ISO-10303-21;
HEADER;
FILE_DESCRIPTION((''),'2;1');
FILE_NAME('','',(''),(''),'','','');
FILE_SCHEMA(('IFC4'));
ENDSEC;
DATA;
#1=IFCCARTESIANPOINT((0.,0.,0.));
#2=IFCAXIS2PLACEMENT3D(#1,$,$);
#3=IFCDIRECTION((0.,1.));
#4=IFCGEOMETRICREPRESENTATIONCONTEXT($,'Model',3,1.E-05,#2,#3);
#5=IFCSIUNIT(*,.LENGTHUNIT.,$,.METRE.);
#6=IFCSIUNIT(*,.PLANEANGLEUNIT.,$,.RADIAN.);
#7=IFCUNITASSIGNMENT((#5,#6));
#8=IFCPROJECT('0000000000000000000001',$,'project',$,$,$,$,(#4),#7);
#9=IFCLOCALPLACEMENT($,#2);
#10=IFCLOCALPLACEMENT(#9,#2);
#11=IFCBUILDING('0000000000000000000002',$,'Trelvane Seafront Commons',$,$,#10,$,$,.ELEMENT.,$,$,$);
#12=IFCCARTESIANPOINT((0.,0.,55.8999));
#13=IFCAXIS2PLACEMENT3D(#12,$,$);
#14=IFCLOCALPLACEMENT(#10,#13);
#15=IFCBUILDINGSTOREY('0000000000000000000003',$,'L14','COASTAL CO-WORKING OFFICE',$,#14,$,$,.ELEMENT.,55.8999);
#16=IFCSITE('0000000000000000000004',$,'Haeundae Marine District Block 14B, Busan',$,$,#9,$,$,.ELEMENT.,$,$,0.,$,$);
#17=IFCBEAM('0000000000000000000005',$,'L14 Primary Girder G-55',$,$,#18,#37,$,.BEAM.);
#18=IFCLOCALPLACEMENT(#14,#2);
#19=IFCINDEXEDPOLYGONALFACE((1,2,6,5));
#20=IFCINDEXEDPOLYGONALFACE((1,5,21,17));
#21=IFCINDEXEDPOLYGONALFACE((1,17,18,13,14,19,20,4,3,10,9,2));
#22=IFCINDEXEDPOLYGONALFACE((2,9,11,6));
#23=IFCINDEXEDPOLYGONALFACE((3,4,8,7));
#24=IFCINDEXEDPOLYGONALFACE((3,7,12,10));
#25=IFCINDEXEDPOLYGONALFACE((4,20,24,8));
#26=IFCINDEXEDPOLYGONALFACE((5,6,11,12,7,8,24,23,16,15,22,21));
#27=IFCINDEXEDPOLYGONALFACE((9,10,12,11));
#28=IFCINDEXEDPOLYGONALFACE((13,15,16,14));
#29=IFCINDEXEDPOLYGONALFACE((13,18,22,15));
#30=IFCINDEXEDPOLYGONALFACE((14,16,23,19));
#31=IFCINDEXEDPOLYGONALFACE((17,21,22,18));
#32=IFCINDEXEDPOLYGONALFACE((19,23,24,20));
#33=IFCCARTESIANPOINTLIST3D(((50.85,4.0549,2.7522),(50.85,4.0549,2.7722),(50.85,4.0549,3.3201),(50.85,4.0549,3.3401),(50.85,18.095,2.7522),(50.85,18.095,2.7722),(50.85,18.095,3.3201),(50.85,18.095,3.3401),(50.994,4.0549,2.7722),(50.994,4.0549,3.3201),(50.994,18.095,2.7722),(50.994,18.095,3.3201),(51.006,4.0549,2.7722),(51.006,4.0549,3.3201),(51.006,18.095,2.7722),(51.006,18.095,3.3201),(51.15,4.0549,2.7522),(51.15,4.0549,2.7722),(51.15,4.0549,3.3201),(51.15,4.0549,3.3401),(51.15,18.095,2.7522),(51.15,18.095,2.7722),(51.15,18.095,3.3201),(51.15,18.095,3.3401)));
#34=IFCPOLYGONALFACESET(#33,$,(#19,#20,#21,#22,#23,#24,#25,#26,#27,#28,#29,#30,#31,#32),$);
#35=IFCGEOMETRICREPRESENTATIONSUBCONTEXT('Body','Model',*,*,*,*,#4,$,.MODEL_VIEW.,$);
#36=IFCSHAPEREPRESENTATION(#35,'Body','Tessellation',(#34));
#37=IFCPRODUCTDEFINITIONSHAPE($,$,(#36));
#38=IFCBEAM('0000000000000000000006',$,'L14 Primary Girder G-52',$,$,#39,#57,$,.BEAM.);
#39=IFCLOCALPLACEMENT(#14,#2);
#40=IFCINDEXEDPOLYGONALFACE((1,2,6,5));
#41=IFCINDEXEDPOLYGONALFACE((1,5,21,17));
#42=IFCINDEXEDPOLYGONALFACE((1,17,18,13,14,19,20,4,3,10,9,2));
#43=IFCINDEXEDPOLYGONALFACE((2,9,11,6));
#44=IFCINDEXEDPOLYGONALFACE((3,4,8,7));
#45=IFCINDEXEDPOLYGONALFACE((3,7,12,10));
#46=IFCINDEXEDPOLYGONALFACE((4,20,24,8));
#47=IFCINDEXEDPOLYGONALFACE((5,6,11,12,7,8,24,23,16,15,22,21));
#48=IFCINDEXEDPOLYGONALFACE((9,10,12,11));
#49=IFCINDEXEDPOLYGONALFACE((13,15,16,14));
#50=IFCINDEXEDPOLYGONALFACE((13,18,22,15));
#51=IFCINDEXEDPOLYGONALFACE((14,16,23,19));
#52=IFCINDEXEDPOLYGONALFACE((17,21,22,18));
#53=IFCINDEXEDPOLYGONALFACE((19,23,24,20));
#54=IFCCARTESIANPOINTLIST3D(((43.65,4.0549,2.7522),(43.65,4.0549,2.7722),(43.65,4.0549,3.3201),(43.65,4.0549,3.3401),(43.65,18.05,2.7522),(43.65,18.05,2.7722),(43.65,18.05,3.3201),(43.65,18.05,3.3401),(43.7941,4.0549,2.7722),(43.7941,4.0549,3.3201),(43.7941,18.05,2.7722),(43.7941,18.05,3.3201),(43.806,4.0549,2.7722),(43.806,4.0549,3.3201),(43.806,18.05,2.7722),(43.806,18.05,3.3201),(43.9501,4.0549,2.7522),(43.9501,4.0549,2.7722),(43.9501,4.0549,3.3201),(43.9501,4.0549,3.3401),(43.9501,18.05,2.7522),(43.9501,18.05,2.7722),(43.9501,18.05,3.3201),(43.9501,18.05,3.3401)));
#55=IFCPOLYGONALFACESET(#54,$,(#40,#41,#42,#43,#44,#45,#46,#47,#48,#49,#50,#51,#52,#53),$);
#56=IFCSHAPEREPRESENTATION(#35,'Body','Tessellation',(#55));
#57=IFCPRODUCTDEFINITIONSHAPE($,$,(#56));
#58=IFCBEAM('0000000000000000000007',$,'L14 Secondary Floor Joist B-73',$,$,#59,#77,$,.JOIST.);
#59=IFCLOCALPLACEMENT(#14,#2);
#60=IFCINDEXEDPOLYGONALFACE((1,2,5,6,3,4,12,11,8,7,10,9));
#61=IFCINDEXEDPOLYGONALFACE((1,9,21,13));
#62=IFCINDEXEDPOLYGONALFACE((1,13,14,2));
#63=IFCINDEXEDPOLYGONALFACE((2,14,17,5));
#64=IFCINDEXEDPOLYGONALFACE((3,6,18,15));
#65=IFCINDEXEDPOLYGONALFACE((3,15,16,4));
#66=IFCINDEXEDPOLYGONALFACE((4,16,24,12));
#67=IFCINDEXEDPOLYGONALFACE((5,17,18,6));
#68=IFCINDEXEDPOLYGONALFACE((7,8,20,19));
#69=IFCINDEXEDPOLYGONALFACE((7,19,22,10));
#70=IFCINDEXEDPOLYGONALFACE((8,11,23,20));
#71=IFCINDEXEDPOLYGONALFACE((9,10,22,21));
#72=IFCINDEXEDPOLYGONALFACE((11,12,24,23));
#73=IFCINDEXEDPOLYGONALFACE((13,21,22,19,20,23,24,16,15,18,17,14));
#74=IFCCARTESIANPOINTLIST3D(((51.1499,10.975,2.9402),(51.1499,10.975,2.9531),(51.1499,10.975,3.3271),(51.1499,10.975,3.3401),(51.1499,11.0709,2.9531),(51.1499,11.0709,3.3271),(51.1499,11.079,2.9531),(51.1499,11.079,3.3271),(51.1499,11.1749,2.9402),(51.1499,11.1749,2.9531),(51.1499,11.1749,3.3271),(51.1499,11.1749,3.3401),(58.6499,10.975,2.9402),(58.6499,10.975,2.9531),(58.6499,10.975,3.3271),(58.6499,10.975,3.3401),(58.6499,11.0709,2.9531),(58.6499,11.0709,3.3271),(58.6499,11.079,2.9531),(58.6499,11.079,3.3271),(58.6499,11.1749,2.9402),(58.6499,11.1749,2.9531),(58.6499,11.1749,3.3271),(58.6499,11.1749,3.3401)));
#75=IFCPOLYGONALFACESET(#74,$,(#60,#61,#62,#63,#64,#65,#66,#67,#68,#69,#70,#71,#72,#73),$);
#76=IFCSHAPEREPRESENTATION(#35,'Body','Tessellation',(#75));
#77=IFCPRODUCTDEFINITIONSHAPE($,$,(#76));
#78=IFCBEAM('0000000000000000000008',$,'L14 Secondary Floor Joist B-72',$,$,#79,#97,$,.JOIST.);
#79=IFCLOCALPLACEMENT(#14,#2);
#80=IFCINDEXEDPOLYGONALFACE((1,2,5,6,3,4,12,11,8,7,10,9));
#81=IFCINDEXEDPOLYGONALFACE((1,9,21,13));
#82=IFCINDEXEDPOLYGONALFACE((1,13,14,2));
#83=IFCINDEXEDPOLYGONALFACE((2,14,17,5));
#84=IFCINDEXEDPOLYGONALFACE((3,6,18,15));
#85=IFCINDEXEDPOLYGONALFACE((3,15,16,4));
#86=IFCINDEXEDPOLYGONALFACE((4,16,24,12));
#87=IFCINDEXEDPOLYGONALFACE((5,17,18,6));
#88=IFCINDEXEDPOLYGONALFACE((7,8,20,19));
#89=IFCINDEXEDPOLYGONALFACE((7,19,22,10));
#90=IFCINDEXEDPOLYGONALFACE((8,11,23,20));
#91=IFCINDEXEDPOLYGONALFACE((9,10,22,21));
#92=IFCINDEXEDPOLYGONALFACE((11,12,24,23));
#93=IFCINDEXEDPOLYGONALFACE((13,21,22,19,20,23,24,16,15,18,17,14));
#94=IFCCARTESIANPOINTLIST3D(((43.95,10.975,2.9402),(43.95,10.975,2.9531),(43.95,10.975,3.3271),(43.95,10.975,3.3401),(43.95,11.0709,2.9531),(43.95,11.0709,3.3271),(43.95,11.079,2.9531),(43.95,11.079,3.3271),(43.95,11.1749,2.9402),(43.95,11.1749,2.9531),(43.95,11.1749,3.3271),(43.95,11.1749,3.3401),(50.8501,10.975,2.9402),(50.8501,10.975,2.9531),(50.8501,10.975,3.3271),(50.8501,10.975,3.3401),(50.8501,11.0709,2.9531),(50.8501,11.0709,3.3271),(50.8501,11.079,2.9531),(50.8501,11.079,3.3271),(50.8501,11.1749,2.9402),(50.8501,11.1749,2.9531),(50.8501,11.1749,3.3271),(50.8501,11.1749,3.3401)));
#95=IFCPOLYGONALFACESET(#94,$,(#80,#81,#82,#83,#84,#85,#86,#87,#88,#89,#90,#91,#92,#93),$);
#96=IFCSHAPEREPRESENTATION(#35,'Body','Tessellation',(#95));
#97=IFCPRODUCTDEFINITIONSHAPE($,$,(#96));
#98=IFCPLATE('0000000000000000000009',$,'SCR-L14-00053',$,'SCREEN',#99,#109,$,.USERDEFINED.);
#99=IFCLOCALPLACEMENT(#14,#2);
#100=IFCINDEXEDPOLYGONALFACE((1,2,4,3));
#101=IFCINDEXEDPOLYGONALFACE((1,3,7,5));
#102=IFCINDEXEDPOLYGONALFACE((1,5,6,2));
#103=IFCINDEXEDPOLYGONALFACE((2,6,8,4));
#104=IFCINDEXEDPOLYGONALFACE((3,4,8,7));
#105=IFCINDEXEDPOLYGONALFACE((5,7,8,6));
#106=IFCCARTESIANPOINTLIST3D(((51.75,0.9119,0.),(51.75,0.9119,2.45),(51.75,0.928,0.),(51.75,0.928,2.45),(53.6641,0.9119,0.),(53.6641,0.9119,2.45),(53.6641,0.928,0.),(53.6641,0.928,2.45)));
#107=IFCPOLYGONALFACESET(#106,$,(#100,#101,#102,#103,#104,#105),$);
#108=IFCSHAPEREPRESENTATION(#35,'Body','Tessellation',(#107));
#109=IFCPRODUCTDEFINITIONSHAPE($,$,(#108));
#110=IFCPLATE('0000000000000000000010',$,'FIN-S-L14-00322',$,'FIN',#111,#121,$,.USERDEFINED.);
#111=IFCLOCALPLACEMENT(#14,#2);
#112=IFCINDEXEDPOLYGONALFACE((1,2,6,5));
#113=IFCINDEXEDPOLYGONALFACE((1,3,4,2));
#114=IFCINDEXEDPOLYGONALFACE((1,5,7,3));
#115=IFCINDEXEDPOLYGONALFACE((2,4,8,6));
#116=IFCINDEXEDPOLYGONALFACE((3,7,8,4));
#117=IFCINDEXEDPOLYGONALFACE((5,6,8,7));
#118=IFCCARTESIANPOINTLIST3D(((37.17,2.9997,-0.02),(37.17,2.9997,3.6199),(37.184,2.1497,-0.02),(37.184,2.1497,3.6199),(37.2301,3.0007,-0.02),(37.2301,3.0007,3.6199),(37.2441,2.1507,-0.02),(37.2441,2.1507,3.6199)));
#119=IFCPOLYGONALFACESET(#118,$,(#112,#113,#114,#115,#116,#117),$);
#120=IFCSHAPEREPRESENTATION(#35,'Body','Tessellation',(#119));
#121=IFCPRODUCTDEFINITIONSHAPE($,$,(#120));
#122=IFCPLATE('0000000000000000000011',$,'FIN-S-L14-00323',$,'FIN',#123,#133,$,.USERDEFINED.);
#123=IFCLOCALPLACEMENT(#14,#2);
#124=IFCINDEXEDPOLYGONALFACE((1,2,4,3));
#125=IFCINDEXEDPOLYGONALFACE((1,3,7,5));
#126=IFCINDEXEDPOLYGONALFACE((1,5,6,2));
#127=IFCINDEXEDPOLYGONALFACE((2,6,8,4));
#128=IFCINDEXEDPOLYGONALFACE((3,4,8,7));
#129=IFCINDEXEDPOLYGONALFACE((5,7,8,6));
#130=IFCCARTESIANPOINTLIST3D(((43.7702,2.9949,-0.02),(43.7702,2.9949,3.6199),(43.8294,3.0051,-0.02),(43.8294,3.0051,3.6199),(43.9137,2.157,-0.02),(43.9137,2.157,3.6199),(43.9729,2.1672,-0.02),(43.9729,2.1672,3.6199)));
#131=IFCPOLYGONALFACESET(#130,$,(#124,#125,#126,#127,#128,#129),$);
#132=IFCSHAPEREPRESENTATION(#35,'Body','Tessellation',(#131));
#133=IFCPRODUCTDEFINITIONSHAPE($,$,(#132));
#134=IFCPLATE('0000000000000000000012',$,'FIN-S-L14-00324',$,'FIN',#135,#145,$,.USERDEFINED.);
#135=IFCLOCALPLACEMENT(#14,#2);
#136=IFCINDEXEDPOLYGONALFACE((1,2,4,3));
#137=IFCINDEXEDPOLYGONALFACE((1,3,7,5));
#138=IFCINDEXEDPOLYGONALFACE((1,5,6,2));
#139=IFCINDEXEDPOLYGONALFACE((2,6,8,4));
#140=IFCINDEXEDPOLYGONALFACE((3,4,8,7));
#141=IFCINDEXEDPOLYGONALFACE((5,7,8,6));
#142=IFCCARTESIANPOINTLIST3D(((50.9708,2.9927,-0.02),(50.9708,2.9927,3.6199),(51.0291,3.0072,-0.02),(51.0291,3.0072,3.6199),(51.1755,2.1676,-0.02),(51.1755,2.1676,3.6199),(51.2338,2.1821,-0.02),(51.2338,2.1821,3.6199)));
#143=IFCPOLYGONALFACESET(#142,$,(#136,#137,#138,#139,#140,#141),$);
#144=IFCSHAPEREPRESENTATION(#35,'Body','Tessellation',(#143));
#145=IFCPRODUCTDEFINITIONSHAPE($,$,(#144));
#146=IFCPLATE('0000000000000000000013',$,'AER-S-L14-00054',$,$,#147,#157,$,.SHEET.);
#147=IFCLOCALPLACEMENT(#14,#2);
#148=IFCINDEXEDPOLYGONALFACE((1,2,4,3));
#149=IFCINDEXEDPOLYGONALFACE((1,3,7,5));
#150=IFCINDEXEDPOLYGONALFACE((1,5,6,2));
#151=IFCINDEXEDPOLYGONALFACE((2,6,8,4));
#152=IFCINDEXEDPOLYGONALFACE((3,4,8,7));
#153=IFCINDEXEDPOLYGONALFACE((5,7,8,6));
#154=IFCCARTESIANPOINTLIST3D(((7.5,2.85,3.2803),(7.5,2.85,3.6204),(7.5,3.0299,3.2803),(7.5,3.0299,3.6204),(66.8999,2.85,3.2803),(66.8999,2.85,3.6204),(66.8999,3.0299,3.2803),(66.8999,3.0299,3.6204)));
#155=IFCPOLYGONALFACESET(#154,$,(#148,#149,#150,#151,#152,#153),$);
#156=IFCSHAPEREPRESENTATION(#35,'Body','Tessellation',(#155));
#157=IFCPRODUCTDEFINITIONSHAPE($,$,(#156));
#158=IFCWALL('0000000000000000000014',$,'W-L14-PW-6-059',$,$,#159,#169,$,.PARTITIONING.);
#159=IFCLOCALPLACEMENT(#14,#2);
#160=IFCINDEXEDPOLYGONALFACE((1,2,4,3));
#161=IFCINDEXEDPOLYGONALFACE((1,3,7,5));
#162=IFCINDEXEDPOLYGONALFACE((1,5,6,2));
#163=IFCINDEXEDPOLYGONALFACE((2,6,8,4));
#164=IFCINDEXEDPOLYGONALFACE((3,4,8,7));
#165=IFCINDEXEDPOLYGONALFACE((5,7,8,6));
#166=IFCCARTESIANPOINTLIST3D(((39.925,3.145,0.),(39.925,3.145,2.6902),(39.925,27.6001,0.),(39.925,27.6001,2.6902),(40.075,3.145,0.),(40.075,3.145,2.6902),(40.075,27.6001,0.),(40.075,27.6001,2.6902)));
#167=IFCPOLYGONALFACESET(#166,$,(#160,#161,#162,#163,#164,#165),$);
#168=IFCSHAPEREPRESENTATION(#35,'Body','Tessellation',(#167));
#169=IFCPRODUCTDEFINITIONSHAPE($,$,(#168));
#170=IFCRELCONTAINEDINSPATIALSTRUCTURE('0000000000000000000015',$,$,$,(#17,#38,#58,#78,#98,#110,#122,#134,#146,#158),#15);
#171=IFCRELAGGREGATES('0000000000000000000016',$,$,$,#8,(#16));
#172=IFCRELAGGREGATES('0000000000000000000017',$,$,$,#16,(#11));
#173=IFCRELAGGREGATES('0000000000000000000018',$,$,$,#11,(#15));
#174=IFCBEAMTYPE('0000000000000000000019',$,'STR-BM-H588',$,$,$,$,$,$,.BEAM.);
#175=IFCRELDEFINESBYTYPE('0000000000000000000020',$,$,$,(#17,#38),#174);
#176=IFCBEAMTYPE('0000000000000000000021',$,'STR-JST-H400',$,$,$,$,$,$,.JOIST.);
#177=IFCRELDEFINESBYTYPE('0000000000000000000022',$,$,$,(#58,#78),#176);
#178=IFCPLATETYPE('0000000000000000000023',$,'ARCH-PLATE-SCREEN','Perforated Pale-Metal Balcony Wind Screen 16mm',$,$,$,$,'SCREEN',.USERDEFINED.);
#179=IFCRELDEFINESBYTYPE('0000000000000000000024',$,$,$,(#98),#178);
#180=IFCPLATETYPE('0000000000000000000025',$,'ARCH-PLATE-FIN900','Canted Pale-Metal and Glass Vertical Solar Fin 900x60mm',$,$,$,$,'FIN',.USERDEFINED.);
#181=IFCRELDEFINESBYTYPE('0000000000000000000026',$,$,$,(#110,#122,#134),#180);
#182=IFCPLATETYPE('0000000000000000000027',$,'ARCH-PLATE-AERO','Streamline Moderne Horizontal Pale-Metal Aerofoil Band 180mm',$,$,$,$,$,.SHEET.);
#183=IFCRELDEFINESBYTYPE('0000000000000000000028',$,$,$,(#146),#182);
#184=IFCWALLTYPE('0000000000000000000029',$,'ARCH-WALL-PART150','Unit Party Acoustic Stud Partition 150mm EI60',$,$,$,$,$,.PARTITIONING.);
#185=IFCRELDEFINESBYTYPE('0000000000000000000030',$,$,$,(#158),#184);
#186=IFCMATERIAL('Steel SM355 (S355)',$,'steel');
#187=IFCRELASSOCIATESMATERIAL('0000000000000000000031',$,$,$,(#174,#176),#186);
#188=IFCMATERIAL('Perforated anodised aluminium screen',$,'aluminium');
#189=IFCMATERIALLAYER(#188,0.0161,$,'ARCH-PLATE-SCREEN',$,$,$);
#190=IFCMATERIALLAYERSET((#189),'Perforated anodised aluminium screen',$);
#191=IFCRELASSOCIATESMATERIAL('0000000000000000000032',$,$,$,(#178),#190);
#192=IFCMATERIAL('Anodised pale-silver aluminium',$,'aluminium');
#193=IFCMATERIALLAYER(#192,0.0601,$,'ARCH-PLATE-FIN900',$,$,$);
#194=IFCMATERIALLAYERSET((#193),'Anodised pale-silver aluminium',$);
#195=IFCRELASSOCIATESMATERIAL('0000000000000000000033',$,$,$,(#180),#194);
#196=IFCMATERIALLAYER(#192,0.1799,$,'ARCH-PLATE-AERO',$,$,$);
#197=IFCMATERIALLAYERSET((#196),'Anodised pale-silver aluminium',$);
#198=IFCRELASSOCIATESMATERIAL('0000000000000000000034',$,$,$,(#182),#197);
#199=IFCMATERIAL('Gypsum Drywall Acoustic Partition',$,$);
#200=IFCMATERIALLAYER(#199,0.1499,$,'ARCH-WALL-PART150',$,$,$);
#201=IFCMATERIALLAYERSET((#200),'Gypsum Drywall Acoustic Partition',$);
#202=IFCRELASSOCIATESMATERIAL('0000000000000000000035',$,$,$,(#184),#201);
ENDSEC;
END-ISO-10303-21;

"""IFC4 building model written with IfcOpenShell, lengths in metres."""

from ifc_helpers import new_model, si_unit, direction, frame, frame_2d, origin, origin_2d, place, context, subcontext, project, spatial, rectangle, i_section, extrude, source, transform, mapped, material, layer, layer_set, material_profile, profile_set, type_object, element, save


model = new_model("IFC4")

# Units and contexts
model_context = context("Model", 3, precision=1e-05, world=origin(), true_north=direction((0.0, 1.0)))
body_context = subcontext(model_context, "Body", "Model", "MODEL_VIEW")
ifc_project = project(units=[si_unit("LENGTHUNIT", "METRE"), si_unit("PLANEANGLEUNIT", "RADIAN")], contexts=[model_context])

# Site, building, storey
site_placement = place(None, origin())
site = spatial("IfcSite", under=ifc_project, at=site_placement, Name="Haeundae Marine District Block 14B, Busan", CompositionType="ELEMENT", RefElevation=0.0)
building_placement = place(site_placement, origin())
building = spatial("IfcBuilding", under=site, at=building_placement, Name="Trelvane Seafront Commons", CompositionType="ELEMENT")
storey_placement = place(building_placement, frame((0.0, 0.0, 55.8999)))
storey = spatial("IfcBuildingStorey", under=building, at=storey_placement, Name="L14", Description="COASTAL CO-WORKING OFFICE", CompositionType="ELEMENT", Elevation=55.8999)

# Shared definitions
ifc_material_1 = material(Name="Steel SM355 (S355)", Category="steel")

# Beams
ifc_material_profile_1 = material_profile(ifc_material_1, i_section(OverallWidth=0.3, OverallDepth=0.5879, WebThickness=0.012, FlangeThickness=0.02, at=origin_2d()), Name="H-588x300x12x20")
ifc_profile_set_1 = profile_set([ifc_material_profile_1], Name="Steel SM355 (S355)")
beam_type_1 = type_object("IfcBeamType", Name="STR-BM-H588", PredefinedType="BEAM", material=ifc_profile_set_1)
shared_shape_1 = source(origin(), body_context, "Body", "SweptSolid", [
    extrude(i_section(OverallWidth=0.3, OverallDepth=0.5879, WebThickness=0.012, FlangeThickness=0.02, at=origin_2d()), origin(), (0.0, 0.0, 1.0), 14.04),
])
beam_1_placement = place(storey_placement, frame((51.0, 4.0549, 3.0461), z_axis=(0.0, 1.0, 0.0), x_axis=(-1.0, 0.0, 0.0)))
element("IfcBeam", 1, at=beam_1_placement, inside=storey, type_object=beam_type_1, Name="L14 Primary Girder G-55", PredefinedType="BEAM", context=body_context, shape_type="MappedRepresentation", body=[
    mapped(shared_shape_1, transform((0.0, 0.0, 0.0), x_axis=(1.0, 0.0, 0.0), y_axis=(0.0, 1.0, 0.0), z_axis=(0.0, 0.0, 1.0), scale=1.0)),
])
shared_shape_2 = source(origin(), body_context, "Body", "SweptSolid", [
    extrude(i_section(OverallWidth=0.3, OverallDepth=0.5879, WebThickness=0.012, FlangeThickness=0.02, at=origin_2d()), origin(), (0.0, 0.0, 1.0), 13.9951),
])
beam_2_placement = place(storey_placement, frame((43.8, 4.0549, 3.0461), z_axis=(0.0, 1.0, 0.0), x_axis=(-1.0, 0.0, 0.0)))
element("IfcBeam", 2, at=beam_2_placement, inside=storey, type_object=beam_type_1, Name="L14 Primary Girder G-52", PredefinedType="BEAM", context=body_context, shape_type="MappedRepresentation", body=[
    mapped(shared_shape_2, transform((0.0, 0.0, 0.0), x_axis=(1.0, 0.0, 0.0), y_axis=(0.0, 1.0, 0.0), z_axis=(0.0, 0.0, 1.0), scale=1.0)),
])
ifc_material_profile_2 = material_profile(ifc_material_1, i_section(OverallWidth=0.2, OverallDepth=0.3999, WebThickness=0.0081, FlangeThickness=0.0129, at=origin_2d()), Name="H-400x200x8x13")
ifc_profile_set_2 = profile_set([ifc_material_profile_2], Name="Steel SM355 (S355)")
beam_type_2 = type_object("IfcBeamType", Name="STR-JST-H400", PredefinedType="JOIST", material=ifc_profile_set_2)
shared_shape_3 = source(origin(), body_context, "Body", "SweptSolid", [
    extrude(i_section(OverallWidth=0.2, OverallDepth=0.3999, WebThickness=0.0081, FlangeThickness=0.0129, at=origin_2d()), origin(), (0.0, 0.0, 1.0), 7.5),
])
beam_3_placement = place(storey_placement, frame((51.1499, 11.075, 3.1401), z_axis=(1.0, 0.0, 0.0), x_axis=(0.0, 1.0, 0.0)))
element("IfcBeam", 3, at=beam_3_placement, inside=storey, type_object=beam_type_2, Name="L14 Secondary Floor Joist B-73", PredefinedType="JOIST", context=body_context, shape_type="MappedRepresentation", body=[
    mapped(shared_shape_3, transform((0.0, 0.0, 0.0), x_axis=(1.0, 0.0, 0.0), y_axis=(0.0, 1.0, 0.0), z_axis=(0.0, 0.0, 1.0), scale=1.0)),
])
shared_shape_4 = source(origin(), body_context, "Body", "SweptSolid", [
    extrude(i_section(OverallWidth=0.2, OverallDepth=0.3999, WebThickness=0.0081, FlangeThickness=0.0129, at=origin_2d()), origin(), (0.0, 0.0, 1.0), 6.9001),
])
beam_4_placement = place(storey_placement, frame((43.95, 11.075, 3.1401), z_axis=(1.0, 0.0, 0.0), x_axis=(0.0, 1.0, 0.0)))
element("IfcBeam", 4, at=beam_4_placement, inside=storey, type_object=beam_type_2, Name="L14 Secondary Floor Joist B-72", PredefinedType="JOIST", context=body_context, shape_type="MappedRepresentation", body=[
    mapped(shared_shape_4, transform((0.0, 0.0, 0.0), x_axis=(1.0, 0.0, 0.0), y_axis=(0.0, 1.0, 0.0), z_axis=(0.0, 0.0, 1.0), scale=1.0)),
])

# Plates
ifc_material_2 = material(Name="Perforated anodised aluminium screen", Category="aluminium")
ifc_layer_1 = layer(ifc_material_2, 0.0161, Name="ARCH-PLATE-SCREEN")
ifc_layer_set_1 = layer_set([ifc_layer_1], Name="Perforated anodised aluminium screen")
plate_type_1 = type_object("IfcPlateType", Name="ARCH-PLATE-SCREEN", Description="Perforated Pale-Metal Balcony Wind Screen 16mm", ElementType="SCREEN", PredefinedType="USERDEFINED", material=ifc_layer_set_1)
shared_shape_5 = source(origin(), body_context, "Body", "SweptSolid", [
    extrude(rectangle(XDim=1.9141, YDim=0.0161, at=origin_2d()), origin(), (0.0, 0.0, 1.0), 2.45),
])
plate_1_placement = place(storey_placement, frame((52.707, 0.9199, 0.0), z_axis=(0.0, 0.0, 1.0), x_axis=(1.0, 0.0, 0.0)))
element("IfcPlate", 5, at=plate_1_placement, inside=storey, type_object=plate_type_1, Name="SCR-L14-00053", ObjectType="SCREEN", PredefinedType="USERDEFINED", context=body_context, shape_type="MappedRepresentation", body=[
    mapped(shared_shape_5, transform((0.0, 0.0, 0.0), x_axis=(1.0, 0.0, 0.0), y_axis=(0.0, 1.0, 0.0), z_axis=(0.0, 0.0, 1.0), scale=1.0)),
])
ifc_material_3 = material(Name="Anodised pale-silver aluminium", Category="aluminium")
ifc_layer_2 = layer(ifc_material_3, 0.0601, Name="ARCH-PLATE-FIN900")
ifc_layer_set_2 = layer_set([ifc_layer_2], Name="Anodised pale-silver aluminium")
plate_type_2 = type_object("IfcPlateType", Name="ARCH-PLATE-FIN900", Description="Canted Pale-Metal and Glass Vertical Solar Fin 900x60mm", ElementType="FIN", PredefinedType="USERDEFINED", material=ifc_layer_set_2)
shared_shape_6 = source(origin(), body_context, "Body", "SweptSolid", [
    extrude(rectangle(XDim=0.8501, YDim=0.0601, at=origin_2d()), origin(), (0.0, 0.0, 1.0), 3.6399),
])
for number, where, z_axis, x_axis, name in (
    (6, (37.207, 2.5752, -0.02), (0.0, 0.0, 1.0), (0.01647, -0.999864, 0.0), "FIN-S-L14-00322"),
    (7, (43.8716, 2.5811, -0.02), (0.0, 0.0, 1.0), (0.168823, -0.985646, 0.0), "FIN-S-L14-00323"),
    (8, (51.1023, 2.5874, -0.02), (0.0, 0.0, 1.0), (0.240707, -0.970598, 0.0), "FIN-S-L14-00324"),
):
    element("IfcPlate", number, at=place(storey_placement, frame(where, z_axis=z_axis, x_axis=x_axis)), inside=storey, type_object=plate_type_2, Name=name, ObjectType="FIN", PredefinedType="USERDEFINED", context=body_context, shape_type="MappedRepresentation", body=[
        mapped(shared_shape_6, transform((0.0, 0.0, 0.0), x_axis=(1.0, 0.0, 0.0), y_axis=(0.0, 1.0, 0.0), z_axis=(0.0, 0.0, 1.0), scale=1.0)),
    ])
ifc_layer_3 = layer(ifc_material_3, 0.1799, Name="ARCH-PLATE-AERO")
ifc_layer_set_3 = layer_set([ifc_layer_3], Name="Anodised pale-silver aluminium")
plate_type_3 = type_object("IfcPlateType", Name="ARCH-PLATE-AERO", Description="Streamline Moderne Horizontal Pale-Metal Aerofoil Band 180mm", PredefinedType="SHEET", material=ifc_layer_set_3)
shared_shape_7 = source(origin(), body_context, "Body", "SweptSolid", [
    extrude(rectangle(XDim=59.3999, YDim=0.1799, at=origin_2d()), origin(), (0.0, 0.0, 1.0), 0.3401),
])
plate_2_placement = place(storey_placement, frame((37.2, 2.9399, 3.2803), z_axis=(0.0, 0.0, 1.0), x_axis=(-1.0, 0.0, 0.0)))
element("IfcPlate", 9, at=plate_2_placement, inside=storey, type_object=plate_type_3, Name="AER-S-L14-00054", PredefinedType="SHEET", context=body_context, shape_type="MappedRepresentation", body=[
    mapped(shared_shape_7, transform((0.0, 0.0, 0.0), x_axis=(1.0, 0.0, 0.0), y_axis=(0.0, 1.0, 0.0), z_axis=(0.0, 0.0, 1.0), scale=1.0)),
])

# Shared definitions
ifc_material_4 = material(Name="Gypsum Drywall Acoustic Partition")

# Wall
ifc_layer_4 = layer(ifc_material_4, 0.1499, Name="ARCH-WALL-PART150")
ifc_layer_set_4 = layer_set([ifc_layer_4], Name="Gypsum Drywall Acoustic Partition")
wall_type_1 = type_object("IfcWallType", Name="ARCH-WALL-PART150", Description="Unit Party Acoustic Stud Partition 150mm EI60", PredefinedType="PARTITIONING", material=ifc_layer_set_4)
wall_1_placement = place(storey_placement, frame((40.0, 3.145, 0.0), z_axis=(0.0, 0.0, 1.0), x_axis=(0.0, 1.0, 0.0)))
element("IfcWall", 10, at=wall_1_placement, inside=storey, type_object=wall_type_1, Name="W-L14-PW-6-059", PredefinedType="PARTITIONING", context=body_context, shape_type="SweptSolid", body=[
    extrude(rectangle(XDim=24.4551, YDim=0.1499, at=frame_2d((12.2275, 0.0))), origin(), (0.0, 0.0, 1.0), 2.6902),
])

save(model, "model.ifc")
